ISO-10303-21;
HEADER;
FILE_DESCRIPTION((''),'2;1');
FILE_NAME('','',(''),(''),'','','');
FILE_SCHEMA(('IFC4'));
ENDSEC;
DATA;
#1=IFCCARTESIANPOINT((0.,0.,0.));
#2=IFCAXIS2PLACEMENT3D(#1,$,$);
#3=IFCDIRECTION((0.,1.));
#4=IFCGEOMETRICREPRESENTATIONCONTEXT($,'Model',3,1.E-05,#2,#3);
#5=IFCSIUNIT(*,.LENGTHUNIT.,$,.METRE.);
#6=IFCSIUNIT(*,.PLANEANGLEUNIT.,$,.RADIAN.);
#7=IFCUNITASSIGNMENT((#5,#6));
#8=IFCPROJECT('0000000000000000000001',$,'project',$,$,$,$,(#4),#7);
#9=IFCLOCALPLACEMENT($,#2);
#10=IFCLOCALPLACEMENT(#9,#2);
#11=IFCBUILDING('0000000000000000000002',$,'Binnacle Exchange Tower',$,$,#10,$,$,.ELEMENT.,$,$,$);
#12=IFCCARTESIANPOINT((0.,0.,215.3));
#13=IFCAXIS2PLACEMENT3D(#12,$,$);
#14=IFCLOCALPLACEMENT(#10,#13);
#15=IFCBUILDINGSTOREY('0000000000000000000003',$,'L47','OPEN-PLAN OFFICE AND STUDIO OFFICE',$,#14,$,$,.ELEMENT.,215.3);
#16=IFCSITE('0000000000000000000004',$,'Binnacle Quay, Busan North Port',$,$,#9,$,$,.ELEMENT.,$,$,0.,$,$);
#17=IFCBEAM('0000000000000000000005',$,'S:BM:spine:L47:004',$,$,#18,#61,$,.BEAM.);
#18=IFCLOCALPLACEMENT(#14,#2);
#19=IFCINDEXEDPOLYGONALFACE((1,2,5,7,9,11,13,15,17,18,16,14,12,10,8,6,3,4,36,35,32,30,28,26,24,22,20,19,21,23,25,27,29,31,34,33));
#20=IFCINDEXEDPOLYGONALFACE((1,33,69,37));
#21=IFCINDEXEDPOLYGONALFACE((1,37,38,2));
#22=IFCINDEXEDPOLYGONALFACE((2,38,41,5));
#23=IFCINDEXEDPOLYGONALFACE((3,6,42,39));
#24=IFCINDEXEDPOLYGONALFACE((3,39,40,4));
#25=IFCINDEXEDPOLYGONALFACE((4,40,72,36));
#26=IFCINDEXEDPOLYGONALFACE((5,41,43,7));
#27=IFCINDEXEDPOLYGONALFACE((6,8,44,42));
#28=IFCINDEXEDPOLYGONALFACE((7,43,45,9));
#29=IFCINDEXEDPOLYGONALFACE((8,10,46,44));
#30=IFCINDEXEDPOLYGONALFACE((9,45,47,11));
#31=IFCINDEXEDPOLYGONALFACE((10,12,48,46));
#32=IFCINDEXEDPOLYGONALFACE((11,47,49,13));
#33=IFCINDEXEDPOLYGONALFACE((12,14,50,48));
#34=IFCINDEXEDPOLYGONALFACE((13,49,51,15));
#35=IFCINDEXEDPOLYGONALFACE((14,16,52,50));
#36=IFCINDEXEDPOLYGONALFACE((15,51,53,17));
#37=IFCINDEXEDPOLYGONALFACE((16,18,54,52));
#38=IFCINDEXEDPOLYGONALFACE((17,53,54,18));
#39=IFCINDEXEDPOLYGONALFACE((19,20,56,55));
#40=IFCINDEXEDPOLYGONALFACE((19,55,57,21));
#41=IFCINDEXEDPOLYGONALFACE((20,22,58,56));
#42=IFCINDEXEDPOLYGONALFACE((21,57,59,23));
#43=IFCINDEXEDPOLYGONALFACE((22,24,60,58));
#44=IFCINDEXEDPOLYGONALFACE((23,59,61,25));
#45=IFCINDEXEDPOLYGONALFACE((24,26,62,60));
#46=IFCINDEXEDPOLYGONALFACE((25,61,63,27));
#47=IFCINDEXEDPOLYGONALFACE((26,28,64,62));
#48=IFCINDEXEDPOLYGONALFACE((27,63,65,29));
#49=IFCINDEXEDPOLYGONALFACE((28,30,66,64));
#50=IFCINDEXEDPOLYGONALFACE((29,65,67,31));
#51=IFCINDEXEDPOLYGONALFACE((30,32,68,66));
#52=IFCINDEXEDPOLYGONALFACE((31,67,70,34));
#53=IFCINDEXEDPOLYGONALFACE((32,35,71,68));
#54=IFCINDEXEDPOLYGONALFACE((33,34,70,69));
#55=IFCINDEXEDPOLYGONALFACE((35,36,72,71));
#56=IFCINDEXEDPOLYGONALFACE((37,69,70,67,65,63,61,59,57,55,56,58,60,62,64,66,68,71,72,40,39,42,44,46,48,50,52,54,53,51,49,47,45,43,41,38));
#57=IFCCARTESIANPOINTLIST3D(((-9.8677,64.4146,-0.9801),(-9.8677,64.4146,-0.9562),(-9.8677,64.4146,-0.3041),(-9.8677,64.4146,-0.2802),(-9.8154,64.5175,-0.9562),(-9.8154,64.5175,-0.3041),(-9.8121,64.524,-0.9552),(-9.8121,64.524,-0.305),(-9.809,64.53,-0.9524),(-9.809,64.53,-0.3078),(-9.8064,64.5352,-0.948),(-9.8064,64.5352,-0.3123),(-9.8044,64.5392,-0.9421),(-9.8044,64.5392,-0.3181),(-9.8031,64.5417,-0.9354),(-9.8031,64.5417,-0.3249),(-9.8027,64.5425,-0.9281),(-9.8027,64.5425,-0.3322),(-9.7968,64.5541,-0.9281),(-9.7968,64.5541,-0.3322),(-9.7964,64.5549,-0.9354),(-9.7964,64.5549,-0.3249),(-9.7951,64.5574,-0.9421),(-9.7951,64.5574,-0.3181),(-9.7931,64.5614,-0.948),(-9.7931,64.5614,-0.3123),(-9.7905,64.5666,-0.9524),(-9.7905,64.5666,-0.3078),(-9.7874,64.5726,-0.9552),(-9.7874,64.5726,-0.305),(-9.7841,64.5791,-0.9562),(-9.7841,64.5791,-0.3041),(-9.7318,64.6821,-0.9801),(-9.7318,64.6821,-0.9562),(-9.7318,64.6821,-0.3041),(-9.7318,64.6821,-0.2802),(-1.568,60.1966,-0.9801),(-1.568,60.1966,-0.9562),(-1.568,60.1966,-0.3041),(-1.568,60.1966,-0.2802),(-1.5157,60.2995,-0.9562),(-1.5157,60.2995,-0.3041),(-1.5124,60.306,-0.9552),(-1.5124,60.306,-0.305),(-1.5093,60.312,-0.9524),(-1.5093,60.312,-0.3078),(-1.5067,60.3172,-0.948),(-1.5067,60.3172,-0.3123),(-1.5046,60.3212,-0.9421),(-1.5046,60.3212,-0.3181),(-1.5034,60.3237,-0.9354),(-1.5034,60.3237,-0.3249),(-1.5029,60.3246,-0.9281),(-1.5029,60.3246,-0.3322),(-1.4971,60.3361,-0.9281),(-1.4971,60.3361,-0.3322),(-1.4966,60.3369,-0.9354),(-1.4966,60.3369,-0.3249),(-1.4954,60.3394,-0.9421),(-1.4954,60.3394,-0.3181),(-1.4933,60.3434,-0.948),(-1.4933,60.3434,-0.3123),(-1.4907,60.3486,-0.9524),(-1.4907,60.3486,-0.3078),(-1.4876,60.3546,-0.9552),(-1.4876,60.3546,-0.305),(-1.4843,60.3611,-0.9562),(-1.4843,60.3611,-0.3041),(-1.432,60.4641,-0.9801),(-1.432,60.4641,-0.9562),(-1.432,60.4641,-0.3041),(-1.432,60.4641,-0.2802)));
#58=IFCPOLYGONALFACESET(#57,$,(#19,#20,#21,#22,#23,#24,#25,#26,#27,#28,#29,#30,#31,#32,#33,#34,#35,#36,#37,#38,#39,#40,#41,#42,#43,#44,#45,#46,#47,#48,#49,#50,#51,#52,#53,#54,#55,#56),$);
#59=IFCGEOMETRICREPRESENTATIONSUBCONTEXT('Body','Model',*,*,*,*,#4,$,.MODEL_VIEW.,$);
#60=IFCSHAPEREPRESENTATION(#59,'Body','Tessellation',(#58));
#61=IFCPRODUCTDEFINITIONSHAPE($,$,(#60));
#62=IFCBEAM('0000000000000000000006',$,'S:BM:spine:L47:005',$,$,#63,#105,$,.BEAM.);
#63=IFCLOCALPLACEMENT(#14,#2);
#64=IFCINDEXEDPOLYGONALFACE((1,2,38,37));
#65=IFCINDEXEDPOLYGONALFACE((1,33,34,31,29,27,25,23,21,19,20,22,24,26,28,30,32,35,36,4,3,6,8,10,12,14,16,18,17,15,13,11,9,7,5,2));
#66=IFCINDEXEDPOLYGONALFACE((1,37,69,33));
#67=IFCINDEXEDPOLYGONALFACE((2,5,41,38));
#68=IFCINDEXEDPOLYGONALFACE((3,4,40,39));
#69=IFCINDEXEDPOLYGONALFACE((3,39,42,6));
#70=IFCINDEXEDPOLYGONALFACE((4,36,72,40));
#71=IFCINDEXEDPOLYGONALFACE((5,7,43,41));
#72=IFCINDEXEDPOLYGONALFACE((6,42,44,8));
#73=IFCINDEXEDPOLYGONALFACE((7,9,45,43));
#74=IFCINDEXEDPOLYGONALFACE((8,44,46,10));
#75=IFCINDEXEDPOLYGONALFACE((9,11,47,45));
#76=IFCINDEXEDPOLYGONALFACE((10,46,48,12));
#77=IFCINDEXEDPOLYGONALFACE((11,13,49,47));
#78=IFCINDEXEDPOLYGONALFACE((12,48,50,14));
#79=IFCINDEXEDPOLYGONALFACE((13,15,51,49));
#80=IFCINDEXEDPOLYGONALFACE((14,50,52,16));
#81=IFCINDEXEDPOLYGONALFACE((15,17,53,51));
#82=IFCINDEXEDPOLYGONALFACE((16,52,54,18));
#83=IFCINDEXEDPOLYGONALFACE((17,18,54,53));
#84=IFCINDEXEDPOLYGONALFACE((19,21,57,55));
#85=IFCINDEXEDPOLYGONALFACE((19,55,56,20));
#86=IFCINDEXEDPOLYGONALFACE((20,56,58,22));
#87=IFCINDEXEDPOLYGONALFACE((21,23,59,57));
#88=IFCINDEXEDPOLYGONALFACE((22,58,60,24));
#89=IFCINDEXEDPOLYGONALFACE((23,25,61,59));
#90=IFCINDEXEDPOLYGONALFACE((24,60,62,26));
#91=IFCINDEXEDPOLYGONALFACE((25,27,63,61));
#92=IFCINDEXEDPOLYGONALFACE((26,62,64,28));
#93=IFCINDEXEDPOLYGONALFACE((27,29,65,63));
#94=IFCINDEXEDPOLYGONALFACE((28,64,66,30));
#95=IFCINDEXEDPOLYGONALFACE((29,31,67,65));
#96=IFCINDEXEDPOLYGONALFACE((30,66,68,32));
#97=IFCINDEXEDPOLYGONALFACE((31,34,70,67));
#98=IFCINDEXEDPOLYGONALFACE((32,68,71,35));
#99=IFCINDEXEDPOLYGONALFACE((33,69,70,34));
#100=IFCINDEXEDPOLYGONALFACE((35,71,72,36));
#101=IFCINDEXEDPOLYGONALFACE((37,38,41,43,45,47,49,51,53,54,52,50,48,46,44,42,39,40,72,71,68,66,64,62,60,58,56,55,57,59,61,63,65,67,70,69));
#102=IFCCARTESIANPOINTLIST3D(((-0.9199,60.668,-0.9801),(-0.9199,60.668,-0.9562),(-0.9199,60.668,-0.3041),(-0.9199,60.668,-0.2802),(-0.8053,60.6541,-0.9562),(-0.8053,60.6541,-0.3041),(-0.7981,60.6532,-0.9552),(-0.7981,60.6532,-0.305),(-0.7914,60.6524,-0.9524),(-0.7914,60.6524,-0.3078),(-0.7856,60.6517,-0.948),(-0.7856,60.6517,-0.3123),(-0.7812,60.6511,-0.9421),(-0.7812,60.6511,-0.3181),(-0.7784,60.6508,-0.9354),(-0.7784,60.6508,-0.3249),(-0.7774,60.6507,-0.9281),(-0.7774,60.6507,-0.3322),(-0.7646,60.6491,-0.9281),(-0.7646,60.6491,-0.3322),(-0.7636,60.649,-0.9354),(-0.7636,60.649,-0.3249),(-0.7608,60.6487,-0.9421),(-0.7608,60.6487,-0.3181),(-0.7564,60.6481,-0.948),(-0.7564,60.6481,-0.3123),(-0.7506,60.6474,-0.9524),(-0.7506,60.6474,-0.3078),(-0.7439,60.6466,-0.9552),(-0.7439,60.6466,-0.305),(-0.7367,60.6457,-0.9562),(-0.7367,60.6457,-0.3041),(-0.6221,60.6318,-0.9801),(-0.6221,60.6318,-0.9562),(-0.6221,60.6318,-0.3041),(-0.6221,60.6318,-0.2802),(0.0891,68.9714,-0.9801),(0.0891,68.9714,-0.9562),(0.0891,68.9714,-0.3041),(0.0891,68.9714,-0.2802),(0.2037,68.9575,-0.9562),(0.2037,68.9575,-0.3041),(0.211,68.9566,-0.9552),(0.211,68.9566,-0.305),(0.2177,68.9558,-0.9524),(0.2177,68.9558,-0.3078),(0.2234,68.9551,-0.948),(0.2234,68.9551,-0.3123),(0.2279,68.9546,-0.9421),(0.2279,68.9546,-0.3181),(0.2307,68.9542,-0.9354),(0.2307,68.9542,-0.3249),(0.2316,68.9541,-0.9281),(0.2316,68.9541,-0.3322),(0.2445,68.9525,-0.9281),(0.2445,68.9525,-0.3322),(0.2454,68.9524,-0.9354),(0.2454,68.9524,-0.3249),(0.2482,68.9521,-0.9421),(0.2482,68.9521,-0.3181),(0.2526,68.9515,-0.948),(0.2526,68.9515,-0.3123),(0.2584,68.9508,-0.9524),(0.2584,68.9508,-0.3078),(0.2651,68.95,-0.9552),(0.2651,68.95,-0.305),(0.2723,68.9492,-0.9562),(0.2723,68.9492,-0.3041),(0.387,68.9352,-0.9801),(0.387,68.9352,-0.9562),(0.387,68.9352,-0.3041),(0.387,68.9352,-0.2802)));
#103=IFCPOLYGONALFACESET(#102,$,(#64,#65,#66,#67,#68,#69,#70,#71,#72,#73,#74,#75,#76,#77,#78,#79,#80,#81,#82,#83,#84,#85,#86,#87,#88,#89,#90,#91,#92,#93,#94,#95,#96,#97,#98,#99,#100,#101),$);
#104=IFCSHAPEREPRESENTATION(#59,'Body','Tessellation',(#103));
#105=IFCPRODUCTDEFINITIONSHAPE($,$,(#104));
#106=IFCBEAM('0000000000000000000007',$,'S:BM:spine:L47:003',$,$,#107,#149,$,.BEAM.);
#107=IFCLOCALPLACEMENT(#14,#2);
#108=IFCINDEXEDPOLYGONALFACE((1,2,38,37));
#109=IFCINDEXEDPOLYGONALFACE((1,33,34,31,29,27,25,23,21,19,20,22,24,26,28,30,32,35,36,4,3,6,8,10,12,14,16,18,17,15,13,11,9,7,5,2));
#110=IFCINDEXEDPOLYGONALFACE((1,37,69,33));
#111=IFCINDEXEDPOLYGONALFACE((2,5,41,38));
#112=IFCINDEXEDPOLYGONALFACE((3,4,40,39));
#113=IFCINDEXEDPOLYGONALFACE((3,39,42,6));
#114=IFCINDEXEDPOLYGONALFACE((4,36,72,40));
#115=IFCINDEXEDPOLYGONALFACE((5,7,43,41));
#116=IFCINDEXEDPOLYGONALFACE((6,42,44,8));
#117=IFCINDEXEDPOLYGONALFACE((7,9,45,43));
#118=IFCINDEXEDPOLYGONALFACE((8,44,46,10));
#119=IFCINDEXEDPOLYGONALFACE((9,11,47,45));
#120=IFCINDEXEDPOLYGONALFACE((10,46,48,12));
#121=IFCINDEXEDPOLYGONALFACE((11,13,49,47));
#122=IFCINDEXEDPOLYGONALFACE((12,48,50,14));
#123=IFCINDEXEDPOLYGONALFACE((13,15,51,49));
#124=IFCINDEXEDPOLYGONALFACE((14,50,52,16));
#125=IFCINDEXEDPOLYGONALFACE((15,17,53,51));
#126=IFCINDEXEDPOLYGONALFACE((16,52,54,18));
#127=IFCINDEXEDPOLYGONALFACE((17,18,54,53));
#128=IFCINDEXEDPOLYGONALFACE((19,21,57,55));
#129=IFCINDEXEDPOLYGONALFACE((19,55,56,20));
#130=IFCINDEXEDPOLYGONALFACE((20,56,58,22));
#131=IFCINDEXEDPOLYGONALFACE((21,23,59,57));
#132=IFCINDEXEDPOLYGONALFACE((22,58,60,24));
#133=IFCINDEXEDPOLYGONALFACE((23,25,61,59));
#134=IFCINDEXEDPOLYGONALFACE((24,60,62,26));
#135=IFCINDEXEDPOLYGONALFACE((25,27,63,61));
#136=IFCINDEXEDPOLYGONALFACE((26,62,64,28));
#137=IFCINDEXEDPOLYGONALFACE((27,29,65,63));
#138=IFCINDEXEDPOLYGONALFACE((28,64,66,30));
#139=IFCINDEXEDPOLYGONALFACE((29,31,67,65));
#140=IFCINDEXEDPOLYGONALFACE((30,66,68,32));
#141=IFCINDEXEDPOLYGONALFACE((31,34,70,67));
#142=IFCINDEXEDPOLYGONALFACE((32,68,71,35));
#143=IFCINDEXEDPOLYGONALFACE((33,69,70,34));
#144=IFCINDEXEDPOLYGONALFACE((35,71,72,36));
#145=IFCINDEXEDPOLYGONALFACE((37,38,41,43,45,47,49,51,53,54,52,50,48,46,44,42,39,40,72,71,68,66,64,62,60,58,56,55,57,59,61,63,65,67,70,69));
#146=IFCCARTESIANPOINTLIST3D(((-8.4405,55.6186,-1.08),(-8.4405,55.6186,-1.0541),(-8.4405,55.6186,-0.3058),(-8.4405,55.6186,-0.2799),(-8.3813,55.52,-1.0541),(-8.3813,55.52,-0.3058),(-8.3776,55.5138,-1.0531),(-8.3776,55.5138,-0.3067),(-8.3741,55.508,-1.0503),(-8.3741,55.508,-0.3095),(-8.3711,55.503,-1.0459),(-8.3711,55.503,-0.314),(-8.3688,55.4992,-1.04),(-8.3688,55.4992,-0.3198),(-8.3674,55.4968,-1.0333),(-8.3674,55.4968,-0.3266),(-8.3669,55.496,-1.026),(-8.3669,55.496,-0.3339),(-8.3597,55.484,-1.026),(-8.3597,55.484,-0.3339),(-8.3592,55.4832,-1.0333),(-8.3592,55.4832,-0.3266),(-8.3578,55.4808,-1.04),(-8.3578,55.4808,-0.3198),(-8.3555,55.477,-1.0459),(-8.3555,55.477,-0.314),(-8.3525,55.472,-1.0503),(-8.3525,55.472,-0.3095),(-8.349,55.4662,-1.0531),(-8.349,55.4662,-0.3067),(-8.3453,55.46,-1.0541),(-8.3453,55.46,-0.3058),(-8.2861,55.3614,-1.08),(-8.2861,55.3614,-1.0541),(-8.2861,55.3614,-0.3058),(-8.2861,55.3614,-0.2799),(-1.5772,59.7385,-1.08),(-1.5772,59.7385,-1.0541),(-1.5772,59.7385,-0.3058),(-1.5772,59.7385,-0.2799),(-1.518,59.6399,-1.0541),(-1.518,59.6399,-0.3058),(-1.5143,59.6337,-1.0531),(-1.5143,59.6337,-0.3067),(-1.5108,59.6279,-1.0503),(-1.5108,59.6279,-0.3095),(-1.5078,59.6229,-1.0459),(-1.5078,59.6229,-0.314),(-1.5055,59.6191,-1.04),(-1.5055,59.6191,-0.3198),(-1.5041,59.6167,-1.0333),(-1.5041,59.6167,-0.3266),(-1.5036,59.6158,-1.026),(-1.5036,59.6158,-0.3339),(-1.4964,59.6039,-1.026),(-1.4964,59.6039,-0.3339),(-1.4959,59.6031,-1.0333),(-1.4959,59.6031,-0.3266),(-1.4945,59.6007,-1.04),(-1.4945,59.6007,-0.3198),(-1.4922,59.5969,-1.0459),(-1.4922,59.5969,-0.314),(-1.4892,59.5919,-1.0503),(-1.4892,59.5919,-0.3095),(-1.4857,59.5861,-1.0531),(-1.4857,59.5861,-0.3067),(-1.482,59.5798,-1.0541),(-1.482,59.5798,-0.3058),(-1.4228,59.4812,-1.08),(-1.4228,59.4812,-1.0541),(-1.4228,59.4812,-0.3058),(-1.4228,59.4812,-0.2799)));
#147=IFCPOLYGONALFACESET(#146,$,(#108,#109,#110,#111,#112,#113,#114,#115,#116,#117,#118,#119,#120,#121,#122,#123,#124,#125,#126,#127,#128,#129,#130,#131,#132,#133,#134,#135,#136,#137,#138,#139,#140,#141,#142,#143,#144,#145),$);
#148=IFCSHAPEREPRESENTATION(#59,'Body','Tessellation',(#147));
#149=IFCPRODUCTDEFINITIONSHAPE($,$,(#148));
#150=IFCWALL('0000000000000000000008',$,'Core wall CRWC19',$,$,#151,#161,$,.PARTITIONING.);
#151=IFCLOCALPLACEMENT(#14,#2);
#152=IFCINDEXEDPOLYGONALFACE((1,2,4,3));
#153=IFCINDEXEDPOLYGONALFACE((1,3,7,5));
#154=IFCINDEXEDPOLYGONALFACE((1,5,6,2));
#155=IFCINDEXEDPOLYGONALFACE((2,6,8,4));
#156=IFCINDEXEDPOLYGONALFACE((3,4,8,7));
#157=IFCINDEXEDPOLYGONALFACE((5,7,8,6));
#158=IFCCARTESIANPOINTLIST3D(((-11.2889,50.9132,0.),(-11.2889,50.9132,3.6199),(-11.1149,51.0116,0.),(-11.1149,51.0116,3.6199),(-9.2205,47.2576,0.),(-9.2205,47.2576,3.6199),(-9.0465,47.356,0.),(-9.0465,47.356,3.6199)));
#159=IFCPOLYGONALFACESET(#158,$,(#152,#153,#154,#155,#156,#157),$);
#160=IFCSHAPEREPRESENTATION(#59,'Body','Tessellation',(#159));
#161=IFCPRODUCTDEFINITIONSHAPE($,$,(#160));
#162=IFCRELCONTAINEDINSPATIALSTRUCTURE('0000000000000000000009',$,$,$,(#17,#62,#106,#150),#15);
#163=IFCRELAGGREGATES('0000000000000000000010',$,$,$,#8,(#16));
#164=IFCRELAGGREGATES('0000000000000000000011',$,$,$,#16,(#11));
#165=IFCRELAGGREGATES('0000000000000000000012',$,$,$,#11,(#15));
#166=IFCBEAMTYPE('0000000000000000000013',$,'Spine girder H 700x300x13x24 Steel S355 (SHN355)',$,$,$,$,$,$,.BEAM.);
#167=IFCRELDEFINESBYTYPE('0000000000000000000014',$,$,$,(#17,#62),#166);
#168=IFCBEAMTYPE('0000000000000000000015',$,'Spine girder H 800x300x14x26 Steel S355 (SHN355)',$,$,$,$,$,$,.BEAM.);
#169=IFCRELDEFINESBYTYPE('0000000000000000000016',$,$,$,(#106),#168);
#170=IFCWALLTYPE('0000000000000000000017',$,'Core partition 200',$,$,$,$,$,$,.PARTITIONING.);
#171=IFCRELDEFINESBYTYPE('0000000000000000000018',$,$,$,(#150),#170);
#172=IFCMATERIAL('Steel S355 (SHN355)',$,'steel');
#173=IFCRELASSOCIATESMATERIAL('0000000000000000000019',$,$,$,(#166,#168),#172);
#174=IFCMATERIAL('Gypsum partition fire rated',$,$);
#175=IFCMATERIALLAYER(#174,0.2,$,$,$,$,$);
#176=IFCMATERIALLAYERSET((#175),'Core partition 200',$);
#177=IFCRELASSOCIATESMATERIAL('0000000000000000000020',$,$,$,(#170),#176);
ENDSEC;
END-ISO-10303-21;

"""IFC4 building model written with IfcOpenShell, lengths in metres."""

from ifc_helpers import new_model, si_unit, direction, frame, frame_2d, origin, origin_2d, place, context, subcontext, project, spatial, rectangle, i_section, extrude, material, layer, layer_set, material_profile, profile_set, type_object, element, save


model = new_model("IFC4")

# Units and contexts
model_context = context("Model", 3, precision=1e-05, world=origin(), true_north=direction((0.0, 1.0)))
body_context = subcontext(model_context, "Body", "Model", "MODEL_VIEW")
ifc_project = project(units=[si_unit("LENGTHUNIT", "METRE"), si_unit("PLANEANGLEUNIT", "RADIAN")], contexts=[model_context])

# Site, building, storey
site_placement = place(None, origin())
site = spatial("IfcSite", under=ifc_project, at=site_placement, Name="Binnacle Quay, Busan North Port", CompositionType="ELEMENT", RefElevation=0.0)
building_placement = place(site_placement, origin())
building = spatial("IfcBuilding", under=site, at=building_placement, Name="Binnacle Exchange Tower", CompositionType="ELEMENT")
storey_placement = place(building_placement, frame((0.0, 0.0, 215.3)))
storey = spatial("IfcBuildingStorey", under=building, at=storey_placement, Name="L47", Description="OPEN-PLAN OFFICE AND STUDIO OFFICE", CompositionType="ELEMENT", Elevation=215.3)

# Beams
ifc_material_1 = material(Name="Steel S355 (SHN355)", Category="steel")
ifc_material_profile_1 = material_profile(ifc_material_1, i_section(OverallWidth=0.3, OverallDepth=0.7, WebThickness=0.0129, FlangeThickness=0.0239, FilletRadius=0.0281, at=origin_2d()), Name="H 700x300x13x24")
ifc_profile_set_1 = profile_set([ifc_material_profile_1], Name="Steel S355 (SHN355)")
beam_type_1 = type_object("IfcBeamType", Name="Spine girder H 700x300x13x24 Steel S355 (SHN355)", PredefinedType="BEAM", material=ifc_profile_set_1)
beam_1_placement = place(storey_placement, frame((-1.5, 60.3303, -0.6301), z_axis=(-0.891482, 0.453057, 0.0), x_axis=(-0.453057, -0.891482, 0.0)))
element("IfcBeam", 1, at=beam_1_placement, inside=storey, type_object=beam_type_1, Name="S:BM:spine:L47:004", PredefinedType="BEAM", context=body_context, shape_type="SweptSolid", body=[
    extrude(i_section(OverallWidth=0.3, OverallDepth=0.7, WebThickness=0.0129, FlangeThickness=0.0239, FilletRadius=0.0281, at=origin_2d()), origin(), (0.0, 0.0, 1.0), 9.3101),
])
beam_2_placement = place(storey_placement, frame((-0.771, 60.6499, -0.6301), z_axis=(0.120632, 0.992697, 0.0), x_axis=(-0.992697, 0.120632, 0.0)))
element("IfcBeam", 2, at=beam_2_placement, inside=storey, type_object=beam_type_1, Name="S:BM:spine:L47:005", PredefinedType="BEAM", context=body_context, shape_type="SweptSolid", body=[
    extrude(i_section(OverallWidth=0.3, OverallDepth=0.7, WebThickness=0.0129, FlangeThickness=0.0239, FilletRadius=0.0281, at=origin_2d()), origin(), (0.0, 0.0, 1.0), 8.3645),
])
ifc_material_profile_2 = material_profile(ifc_material_1, i_section(OverallWidth=0.3, OverallDepth=0.8, WebThickness=0.0139, FlangeThickness=0.0259, FilletRadius=0.0281, at=origin_2d()), Name="H 800x300x14x26")
ifc_profile_set_2 = profile_set([ifc_material_profile_2], Name="Steel S355 (SHN355)")
beam_type_2 = type_object("IfcBeamType", Name="Spine girder H 800x300x14x26 Steel S355 (SHN355)", PredefinedType="BEAM", material=ifc_profile_set_2)
beam_3_placement = place(storey_placement, frame((-8.3633, 55.49, -0.6799), z_axis=(0.857388, 0.514671, 0.0), x_axis=(-0.514671, 0.857388, 0.0)))
element("IfcBeam", 3, at=beam_3_placement, inside=storey, type_object=beam_type_2, Name="S:BM:spine:L47:003", PredefinedType="BEAM", context=body_context, shape_type="SweptSolid", body=[
    extrude(i_section(OverallWidth=0.3, OverallDepth=0.8, WebThickness=0.0139, FlangeThickness=0.0259, FilletRadius=0.0281, at=origin_2d()), origin(), (0.0, 0.0, 1.0), 8.0049),
])

# Wall
ifc_material_2 = material(Name="Gypsum partition fire rated")
ifc_layer_1 = layer(ifc_material_2, 0.2)
ifc_layer_set_1 = layer_set([ifc_layer_1], Name="Core partition 200")
wall_type_1 = type_object("IfcWallType", Name="Core partition 200", PredefinedType="PARTITIONING", material=ifc_layer_set_1)
wall_1_placement = place(storey_placement, frame((-11.2019, 50.9624, 0.0), z_axis=(0.0, 0.0, 1.0), x_axis=(0.492454, -0.870339, 0.0)))
element("IfcWall", 4, at=wall_1_placement, inside=storey, type_object=wall_type_1, Name="Core wall CRWC19", PredefinedType="PARTITIONING", context=body_context, shape_type="SweptSolid", body=[
    extrude(rectangle(XDim=4.2002, YDim=0.2, at=frame_2d((2.1001, 0.0))), origin(), (0.0, 0.0, 1.0), 3.6199),
])

save(model, "model.ifc")
